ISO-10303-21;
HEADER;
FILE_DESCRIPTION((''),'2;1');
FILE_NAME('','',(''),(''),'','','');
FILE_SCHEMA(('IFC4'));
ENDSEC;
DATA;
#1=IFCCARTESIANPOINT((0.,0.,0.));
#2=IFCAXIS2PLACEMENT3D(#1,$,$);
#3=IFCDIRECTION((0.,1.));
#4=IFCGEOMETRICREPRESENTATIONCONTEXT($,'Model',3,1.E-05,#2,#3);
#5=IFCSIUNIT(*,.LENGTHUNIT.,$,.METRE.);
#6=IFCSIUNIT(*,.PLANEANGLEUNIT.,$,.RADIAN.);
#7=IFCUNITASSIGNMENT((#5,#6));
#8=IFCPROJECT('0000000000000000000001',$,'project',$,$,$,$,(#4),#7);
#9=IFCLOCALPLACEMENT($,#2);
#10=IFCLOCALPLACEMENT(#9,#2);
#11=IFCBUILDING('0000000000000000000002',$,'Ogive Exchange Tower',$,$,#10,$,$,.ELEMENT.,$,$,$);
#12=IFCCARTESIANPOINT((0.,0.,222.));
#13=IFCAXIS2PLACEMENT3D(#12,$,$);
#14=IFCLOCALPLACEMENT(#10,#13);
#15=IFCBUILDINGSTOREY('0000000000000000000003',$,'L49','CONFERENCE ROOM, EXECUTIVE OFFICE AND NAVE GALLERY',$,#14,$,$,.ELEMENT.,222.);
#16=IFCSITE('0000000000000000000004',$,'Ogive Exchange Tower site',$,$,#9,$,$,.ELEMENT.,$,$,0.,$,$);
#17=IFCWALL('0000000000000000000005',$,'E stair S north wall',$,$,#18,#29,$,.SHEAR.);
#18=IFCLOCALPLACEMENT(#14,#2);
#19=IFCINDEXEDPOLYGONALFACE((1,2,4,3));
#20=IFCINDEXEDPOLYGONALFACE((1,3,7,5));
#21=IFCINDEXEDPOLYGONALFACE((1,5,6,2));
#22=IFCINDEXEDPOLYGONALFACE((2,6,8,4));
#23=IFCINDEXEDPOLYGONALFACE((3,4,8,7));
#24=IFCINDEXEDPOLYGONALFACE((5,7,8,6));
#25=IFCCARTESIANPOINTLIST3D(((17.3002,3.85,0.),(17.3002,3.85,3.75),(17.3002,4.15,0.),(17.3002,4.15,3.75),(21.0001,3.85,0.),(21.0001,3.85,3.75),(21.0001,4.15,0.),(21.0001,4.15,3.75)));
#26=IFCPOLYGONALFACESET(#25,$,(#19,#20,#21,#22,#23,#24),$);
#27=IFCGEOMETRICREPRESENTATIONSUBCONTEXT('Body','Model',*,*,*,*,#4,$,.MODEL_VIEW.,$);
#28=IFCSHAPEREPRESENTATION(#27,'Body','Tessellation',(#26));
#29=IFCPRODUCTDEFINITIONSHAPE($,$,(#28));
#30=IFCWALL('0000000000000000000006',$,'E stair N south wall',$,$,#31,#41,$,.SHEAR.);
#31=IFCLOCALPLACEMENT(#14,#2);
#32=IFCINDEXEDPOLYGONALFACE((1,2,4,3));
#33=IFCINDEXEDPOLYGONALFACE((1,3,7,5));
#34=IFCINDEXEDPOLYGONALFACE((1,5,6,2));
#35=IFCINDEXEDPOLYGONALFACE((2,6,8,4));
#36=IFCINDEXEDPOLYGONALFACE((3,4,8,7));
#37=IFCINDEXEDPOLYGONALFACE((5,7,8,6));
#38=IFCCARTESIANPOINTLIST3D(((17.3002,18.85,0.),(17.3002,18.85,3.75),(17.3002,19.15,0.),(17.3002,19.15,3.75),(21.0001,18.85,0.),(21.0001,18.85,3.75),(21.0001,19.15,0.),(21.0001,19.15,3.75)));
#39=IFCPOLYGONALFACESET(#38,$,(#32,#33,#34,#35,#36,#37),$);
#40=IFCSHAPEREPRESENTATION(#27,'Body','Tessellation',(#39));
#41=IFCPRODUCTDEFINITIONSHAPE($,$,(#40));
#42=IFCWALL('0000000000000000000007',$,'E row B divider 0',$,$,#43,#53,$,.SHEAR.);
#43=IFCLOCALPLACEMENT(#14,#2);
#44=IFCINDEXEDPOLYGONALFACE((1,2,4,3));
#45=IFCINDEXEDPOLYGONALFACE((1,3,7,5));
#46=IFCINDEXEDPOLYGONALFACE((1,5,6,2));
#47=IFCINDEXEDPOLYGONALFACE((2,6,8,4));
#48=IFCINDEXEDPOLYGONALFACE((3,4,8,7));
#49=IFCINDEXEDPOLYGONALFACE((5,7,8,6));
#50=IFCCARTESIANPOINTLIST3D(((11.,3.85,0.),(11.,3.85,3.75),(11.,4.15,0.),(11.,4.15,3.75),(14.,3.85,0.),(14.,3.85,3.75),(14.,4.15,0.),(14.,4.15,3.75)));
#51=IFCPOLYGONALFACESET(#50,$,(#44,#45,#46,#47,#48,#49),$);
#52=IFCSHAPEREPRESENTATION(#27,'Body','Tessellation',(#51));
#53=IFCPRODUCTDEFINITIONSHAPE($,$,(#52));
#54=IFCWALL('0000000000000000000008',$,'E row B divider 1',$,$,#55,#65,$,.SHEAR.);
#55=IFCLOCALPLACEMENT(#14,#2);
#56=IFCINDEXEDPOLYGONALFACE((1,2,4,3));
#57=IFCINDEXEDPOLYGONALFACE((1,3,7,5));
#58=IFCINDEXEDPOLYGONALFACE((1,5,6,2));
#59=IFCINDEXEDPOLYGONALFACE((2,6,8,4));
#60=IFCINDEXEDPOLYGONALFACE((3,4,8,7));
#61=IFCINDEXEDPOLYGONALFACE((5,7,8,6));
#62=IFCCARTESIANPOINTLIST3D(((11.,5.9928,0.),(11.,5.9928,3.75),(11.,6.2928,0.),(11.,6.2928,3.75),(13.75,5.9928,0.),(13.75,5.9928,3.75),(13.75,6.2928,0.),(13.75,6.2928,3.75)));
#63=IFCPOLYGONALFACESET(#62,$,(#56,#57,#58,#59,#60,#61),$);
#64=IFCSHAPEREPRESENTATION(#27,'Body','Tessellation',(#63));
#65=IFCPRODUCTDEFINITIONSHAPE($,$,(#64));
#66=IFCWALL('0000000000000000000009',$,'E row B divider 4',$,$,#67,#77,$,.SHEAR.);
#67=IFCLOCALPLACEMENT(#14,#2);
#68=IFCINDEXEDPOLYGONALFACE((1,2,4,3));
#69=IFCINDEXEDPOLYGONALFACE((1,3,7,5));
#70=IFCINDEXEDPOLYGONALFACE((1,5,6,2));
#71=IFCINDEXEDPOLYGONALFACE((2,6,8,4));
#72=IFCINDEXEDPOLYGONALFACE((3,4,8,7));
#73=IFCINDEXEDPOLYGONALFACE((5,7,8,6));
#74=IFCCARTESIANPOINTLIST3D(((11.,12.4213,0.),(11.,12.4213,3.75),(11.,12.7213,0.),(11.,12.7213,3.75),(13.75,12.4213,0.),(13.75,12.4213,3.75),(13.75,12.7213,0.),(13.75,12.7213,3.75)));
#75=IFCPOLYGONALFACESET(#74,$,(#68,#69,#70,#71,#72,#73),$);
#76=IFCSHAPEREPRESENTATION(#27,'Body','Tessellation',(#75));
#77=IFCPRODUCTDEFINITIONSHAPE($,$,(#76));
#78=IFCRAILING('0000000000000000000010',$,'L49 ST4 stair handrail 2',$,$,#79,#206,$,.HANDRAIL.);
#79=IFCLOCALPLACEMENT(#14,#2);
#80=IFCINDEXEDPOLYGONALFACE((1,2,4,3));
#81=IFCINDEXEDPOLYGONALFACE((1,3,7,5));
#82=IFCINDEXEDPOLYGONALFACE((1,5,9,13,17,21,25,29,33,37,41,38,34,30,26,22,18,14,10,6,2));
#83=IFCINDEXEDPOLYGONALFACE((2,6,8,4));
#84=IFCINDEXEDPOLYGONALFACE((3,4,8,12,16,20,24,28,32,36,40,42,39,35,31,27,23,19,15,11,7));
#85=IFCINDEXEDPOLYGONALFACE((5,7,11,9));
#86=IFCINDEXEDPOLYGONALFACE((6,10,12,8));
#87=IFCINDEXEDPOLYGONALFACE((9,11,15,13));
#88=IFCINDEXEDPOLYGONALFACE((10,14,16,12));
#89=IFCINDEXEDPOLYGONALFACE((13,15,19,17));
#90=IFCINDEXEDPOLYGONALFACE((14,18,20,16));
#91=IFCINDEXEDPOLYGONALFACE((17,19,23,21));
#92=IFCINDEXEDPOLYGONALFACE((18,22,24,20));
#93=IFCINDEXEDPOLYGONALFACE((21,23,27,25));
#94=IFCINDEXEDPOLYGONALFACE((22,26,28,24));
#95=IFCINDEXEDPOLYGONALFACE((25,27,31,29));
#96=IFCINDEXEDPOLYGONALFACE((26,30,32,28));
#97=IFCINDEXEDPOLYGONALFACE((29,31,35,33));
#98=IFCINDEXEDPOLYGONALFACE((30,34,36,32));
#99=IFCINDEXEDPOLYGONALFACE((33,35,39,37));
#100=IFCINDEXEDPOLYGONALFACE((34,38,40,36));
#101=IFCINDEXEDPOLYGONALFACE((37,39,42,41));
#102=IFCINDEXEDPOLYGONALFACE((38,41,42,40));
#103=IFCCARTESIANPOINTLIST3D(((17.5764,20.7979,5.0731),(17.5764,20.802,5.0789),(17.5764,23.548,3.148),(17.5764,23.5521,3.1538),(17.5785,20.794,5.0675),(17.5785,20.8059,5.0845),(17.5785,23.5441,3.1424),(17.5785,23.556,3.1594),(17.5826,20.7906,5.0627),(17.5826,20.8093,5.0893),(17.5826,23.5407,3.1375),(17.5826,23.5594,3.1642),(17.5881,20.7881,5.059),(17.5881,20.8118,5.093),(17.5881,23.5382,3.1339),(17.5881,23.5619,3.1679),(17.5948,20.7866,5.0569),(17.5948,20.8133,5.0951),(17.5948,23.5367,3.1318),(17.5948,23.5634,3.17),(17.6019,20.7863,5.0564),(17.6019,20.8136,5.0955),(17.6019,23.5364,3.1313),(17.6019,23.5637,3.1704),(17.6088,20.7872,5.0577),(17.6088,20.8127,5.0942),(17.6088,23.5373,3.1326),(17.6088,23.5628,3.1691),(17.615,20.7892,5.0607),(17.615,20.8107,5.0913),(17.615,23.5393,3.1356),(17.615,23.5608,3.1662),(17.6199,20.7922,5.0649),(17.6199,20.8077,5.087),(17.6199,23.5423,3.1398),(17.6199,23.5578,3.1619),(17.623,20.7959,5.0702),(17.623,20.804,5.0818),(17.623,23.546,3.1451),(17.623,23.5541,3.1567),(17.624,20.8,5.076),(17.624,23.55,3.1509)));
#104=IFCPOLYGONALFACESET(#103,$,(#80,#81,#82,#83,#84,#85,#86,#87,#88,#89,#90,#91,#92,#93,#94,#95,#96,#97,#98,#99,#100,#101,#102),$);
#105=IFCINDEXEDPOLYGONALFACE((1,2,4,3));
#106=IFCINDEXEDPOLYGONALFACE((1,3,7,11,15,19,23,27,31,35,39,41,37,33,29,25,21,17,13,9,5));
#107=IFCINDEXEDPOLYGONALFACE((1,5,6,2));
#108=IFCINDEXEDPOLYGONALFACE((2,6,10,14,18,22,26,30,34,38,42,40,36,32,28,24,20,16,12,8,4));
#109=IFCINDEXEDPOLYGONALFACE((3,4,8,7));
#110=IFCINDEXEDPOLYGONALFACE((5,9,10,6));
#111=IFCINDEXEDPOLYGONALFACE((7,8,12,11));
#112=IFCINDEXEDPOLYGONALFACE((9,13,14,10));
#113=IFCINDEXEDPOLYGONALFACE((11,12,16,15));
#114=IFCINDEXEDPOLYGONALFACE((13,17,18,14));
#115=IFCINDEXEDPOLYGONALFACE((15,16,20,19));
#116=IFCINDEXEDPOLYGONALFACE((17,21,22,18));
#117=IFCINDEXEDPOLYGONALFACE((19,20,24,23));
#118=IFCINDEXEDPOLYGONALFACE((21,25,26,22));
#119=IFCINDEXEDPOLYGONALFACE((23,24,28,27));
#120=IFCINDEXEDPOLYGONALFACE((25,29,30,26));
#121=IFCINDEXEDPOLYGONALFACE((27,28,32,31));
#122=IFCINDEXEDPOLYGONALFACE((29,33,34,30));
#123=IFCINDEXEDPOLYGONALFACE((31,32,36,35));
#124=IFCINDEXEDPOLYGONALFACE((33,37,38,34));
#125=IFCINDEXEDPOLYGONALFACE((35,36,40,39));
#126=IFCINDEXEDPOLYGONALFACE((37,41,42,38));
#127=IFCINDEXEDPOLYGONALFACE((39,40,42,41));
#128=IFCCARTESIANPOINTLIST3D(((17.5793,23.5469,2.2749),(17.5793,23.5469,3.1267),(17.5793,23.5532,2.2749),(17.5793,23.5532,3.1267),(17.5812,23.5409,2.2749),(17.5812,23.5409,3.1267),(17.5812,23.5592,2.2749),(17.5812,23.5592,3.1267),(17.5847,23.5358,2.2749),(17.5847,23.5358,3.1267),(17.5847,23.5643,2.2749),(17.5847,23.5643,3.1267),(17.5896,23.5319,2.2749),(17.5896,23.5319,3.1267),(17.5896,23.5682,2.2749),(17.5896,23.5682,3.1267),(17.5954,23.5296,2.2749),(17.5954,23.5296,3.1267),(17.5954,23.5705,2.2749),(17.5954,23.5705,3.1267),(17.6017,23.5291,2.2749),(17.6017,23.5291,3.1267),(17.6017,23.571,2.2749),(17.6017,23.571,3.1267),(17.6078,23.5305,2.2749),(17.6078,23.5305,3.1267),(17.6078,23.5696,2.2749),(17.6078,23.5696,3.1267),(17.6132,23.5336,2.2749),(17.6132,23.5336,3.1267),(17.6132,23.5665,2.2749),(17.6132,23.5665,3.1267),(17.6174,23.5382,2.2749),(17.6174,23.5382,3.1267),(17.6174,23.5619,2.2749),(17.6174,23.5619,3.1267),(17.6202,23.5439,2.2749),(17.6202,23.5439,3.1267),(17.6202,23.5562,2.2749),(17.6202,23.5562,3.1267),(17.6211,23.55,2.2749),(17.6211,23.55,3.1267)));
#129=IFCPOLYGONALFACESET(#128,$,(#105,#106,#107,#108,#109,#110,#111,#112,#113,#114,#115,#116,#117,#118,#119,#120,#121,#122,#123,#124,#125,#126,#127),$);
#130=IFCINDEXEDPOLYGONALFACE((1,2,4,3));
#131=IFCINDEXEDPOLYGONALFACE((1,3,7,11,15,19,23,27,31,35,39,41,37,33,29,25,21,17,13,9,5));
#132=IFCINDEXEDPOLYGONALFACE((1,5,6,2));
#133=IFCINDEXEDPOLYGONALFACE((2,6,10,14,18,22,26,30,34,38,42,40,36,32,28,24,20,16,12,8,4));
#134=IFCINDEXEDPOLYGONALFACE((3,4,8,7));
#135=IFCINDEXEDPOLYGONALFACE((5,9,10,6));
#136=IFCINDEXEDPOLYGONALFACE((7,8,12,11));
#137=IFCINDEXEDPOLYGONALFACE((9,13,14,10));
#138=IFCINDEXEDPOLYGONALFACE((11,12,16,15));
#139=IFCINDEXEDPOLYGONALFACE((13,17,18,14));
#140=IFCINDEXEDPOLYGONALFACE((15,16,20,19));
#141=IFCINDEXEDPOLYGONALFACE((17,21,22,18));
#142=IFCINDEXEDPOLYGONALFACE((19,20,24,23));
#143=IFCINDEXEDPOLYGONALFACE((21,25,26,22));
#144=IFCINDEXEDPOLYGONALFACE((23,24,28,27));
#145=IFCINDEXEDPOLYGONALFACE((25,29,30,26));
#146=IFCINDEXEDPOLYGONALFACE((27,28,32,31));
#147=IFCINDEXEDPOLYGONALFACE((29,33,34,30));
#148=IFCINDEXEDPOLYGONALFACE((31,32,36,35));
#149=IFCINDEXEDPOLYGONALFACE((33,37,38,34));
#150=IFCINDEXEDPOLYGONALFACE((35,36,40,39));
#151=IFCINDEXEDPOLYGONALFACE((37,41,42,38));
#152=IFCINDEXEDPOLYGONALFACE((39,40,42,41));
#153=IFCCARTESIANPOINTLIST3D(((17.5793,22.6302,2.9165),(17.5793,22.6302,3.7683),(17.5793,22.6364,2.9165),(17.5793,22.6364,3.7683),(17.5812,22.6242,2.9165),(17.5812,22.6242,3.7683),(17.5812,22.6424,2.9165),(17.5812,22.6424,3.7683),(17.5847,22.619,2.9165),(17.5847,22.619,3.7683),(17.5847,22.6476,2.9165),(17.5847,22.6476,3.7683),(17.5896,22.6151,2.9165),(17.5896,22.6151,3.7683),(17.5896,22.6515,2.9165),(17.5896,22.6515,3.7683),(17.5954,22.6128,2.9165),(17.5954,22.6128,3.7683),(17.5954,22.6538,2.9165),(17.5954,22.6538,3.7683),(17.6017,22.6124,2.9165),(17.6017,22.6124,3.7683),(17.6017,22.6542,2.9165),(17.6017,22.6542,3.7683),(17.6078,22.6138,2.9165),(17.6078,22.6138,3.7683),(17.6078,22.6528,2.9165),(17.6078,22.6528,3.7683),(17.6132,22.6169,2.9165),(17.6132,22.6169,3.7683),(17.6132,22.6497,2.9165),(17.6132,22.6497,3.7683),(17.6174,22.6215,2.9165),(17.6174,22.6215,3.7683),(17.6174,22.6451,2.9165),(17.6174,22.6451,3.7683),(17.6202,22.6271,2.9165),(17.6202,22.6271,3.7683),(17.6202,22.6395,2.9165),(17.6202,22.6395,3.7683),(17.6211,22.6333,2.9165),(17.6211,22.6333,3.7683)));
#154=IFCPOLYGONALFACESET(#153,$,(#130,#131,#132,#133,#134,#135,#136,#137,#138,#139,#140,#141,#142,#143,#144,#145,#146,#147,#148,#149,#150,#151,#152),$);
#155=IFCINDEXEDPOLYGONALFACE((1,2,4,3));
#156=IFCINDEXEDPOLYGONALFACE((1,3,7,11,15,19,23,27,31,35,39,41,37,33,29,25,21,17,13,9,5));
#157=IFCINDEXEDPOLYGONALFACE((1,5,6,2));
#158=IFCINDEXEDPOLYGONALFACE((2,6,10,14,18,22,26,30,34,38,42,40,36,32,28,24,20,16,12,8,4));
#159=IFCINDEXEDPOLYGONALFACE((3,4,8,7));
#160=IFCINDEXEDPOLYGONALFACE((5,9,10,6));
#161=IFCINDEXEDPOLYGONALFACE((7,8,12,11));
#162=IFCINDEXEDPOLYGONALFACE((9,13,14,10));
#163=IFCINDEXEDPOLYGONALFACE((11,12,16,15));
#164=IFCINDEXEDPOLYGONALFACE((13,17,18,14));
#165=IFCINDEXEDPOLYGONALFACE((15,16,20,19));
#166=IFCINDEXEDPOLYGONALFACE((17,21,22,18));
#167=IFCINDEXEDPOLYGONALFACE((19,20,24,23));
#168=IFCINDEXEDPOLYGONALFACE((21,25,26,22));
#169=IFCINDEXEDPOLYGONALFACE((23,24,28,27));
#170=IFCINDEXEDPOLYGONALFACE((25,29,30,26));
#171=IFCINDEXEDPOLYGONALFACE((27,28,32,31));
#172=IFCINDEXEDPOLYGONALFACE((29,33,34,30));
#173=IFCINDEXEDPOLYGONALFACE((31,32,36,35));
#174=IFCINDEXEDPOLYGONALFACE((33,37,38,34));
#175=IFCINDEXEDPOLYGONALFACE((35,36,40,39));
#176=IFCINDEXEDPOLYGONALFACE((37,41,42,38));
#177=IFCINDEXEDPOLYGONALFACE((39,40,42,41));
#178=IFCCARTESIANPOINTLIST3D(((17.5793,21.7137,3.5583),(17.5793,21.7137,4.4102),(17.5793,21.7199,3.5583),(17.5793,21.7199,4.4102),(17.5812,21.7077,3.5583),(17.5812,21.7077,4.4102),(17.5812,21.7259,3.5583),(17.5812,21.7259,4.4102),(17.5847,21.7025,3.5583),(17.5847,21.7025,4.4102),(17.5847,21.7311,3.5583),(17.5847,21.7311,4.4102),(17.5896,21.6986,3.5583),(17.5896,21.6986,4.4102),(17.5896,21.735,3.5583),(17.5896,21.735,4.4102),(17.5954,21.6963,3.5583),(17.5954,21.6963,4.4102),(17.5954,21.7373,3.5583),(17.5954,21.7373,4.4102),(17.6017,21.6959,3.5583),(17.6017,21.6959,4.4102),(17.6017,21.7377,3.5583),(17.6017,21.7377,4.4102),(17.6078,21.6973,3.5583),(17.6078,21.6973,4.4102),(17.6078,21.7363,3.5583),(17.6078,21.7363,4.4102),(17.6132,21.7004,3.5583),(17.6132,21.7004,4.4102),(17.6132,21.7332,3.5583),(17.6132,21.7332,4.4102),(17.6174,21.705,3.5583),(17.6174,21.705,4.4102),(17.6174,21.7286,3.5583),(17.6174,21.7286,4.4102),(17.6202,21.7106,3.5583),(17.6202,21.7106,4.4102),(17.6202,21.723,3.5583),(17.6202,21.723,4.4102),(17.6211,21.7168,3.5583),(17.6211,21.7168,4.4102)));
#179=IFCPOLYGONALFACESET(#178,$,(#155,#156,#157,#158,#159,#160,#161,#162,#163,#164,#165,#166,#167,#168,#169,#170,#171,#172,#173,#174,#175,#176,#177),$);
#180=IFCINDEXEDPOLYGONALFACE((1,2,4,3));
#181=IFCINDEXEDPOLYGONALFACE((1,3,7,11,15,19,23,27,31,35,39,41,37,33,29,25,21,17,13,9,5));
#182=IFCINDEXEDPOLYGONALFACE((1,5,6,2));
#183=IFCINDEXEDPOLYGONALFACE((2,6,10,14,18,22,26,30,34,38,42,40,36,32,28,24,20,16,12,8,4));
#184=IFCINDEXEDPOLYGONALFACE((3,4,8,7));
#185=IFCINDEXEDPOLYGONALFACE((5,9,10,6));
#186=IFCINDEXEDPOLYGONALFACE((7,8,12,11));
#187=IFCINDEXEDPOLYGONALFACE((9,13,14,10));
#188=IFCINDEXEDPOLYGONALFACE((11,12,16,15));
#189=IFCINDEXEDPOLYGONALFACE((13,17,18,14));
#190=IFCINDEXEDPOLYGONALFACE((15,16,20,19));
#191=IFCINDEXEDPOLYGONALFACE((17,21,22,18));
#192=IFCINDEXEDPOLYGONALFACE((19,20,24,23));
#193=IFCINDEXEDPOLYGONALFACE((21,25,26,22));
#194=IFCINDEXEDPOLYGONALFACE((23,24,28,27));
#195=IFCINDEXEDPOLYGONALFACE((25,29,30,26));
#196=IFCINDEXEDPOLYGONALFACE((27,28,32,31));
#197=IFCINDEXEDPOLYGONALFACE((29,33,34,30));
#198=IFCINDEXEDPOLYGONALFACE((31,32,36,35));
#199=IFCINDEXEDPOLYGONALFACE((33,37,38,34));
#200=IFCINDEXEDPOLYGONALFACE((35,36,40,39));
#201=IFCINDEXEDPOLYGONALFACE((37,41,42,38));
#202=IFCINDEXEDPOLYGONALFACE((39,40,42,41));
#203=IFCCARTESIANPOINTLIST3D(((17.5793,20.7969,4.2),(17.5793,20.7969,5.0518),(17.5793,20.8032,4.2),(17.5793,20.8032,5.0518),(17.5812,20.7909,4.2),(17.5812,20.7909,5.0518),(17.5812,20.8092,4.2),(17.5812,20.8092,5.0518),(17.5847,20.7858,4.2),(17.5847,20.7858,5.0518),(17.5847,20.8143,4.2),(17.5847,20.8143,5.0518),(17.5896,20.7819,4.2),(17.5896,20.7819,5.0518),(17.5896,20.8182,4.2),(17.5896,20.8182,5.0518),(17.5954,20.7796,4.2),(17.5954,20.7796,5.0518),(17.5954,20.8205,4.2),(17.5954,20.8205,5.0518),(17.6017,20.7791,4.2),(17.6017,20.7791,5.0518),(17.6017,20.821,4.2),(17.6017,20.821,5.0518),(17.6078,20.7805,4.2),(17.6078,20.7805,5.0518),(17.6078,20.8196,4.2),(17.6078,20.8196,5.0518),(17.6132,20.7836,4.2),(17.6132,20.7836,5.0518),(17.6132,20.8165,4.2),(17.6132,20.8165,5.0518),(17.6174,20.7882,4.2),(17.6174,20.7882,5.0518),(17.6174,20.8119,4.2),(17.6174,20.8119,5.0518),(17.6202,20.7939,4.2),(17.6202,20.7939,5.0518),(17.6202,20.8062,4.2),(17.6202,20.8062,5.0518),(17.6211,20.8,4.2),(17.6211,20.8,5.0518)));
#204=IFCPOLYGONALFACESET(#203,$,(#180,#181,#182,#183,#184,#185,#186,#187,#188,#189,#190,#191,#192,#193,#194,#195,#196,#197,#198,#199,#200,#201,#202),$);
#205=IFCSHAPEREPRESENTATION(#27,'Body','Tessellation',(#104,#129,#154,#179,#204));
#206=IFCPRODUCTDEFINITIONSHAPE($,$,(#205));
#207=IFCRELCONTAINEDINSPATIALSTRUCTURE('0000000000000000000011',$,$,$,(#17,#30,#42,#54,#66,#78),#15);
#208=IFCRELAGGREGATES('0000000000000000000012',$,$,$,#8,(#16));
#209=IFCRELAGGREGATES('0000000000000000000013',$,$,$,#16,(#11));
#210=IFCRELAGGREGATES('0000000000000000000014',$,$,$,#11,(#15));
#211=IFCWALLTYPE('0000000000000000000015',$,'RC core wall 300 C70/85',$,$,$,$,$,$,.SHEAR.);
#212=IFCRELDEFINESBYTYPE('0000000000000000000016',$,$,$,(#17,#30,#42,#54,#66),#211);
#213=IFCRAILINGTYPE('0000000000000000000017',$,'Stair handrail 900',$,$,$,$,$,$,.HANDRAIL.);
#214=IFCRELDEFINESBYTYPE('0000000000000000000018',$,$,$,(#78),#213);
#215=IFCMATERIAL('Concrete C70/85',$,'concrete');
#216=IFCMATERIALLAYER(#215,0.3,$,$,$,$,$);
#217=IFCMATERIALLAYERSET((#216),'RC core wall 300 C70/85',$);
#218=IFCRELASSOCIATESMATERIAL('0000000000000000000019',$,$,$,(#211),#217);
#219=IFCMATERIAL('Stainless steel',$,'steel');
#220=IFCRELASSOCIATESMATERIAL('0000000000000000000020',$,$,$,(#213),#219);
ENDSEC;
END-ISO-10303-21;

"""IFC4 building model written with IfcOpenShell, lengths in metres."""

from ifc_helpers import new_model, si_unit, direction, frame, frame_2d, origin, origin_2d, place, context, subcontext, project, spatial, rectangle, circle, extrude, material, layer, layer_set, type_object, element, save


model = new_model("IFC4")

# Units and contexts
model_context = context("Model", 3, precision=1e-05, world=origin(), true_north=direction((0.0, 1.0)))
body_context = subcontext(model_context, "Body", "Model", "MODEL_VIEW")
ifc_project = project(units=[si_unit("LENGTHUNIT", "METRE"), si_unit("PLANEANGLEUNIT", "RADIAN")], contexts=[model_context])

# Site, building, storey
site_placement = place(None, origin())
site = spatial("IfcSite", under=ifc_project, at=site_placement, Name="Ogive Exchange Tower site", CompositionType="ELEMENT", RefElevation=0.0)
building_placement = place(site_placement, origin())
building = spatial("IfcBuilding", under=site, at=building_placement, Name="Ogive Exchange Tower", CompositionType="ELEMENT")
storey_placement = place(building_placement, frame((0.0, 0.0, 222.0)))
storey = spatial("IfcBuildingStorey", under=building, at=storey_placement, Name="L49", Description="CONFERENCE ROOM, EXECUTIVE OFFICE AND NAVE GALLERY", CompositionType="ELEMENT", Elevation=222.0)

# Shared definitions
ifc_material_1 = material(Name="Concrete C70/85", Category="concrete")

# Shared definitions
ifc_material_2 = material(Name="Stainless steel", Category="steel")

# Walls
ifc_layer_1 = layer(ifc_material_1, 0.3)
ifc_layer_set_1 = layer_set([ifc_layer_1], Name="RC core wall 300 C70/85")
wall_type_1 = type_object("IfcWallType", Name="RC core wall 300 C70/85", PredefinedType="SHEAR", material=ifc_layer_set_1)
for number, where, z_axis, x_axis, name in (
    (1, (17.3, 4.0, 0.0), (0.0, 0.0, 1.0), (1.0, 0.0, 0.0), "E stair S north wall"),
    (2, (17.3, 19.0, 0.0), (0.0, 0.0, 1.0), (1.0, 0.0, 0.0), "E stair N south wall"),
):
    element("IfcWall", number, at=place(storey_placement, frame(where, z_axis=z_axis, x_axis=x_axis)), inside=storey, type_object=wall_type_1, Name=name, PredefinedType="SHEAR", context=body_context, shape_type="SweptSolid", body=[
        extrude(rectangle(XDim=3.7, YDim=0.3, at=frame_2d((1.8501, 0.0))), origin(), (0.0, 0.0, 1.0), 3.75),
    ])
wall_1_placement = place(storey_placement, frame((11.0, 4.0, 0.0), z_axis=(0.0, 0.0, 1.0), x_axis=(1.0, 0.0, 0.0)))
element("IfcWall", 3, at=wall_1_placement, inside=storey, type_object=wall_type_1, Name="E row B divider 0", PredefinedType="SHEAR", context=body_context, shape_type="SweptSolid", body=[
    extrude(rectangle(XDim=3.0, YDim=0.3, at=frame_2d((1.5, 0.0))), origin(), (0.0, 0.0, 1.0), 3.75),
])
for number, where, z_axis, x_axis, name in (
    (4, (11.0, 6.1428, 0.0), (0.0, 0.0, 1.0), (1.0, 0.0, 0.0), "E row B divider 1"),
    (5, (11.0, 12.5713, 0.0), (0.0, 0.0, 1.0), (1.0, 0.0, 0.0), "E row B divider 4"),
):
    element("IfcWall", number, at=place(storey_placement, frame(where, z_axis=z_axis, x_axis=x_axis)), inside=storey, type_object=wall_type_1, Name=name, PredefinedType="SHEAR", context=body_context, shape_type="SweptSolid", body=[
        extrude(rectangle(XDim=2.75, YDim=0.3, at=frame_2d((1.375, 0.0))), origin(), (0.0, 0.0, 1.0), 3.75),
    ])

# Railing
railing_type = type_object("IfcRailingType", Name="Stair handrail 900", PredefinedType="HANDRAIL", material=ifc_material_2)
railing_placement = place(storey_placement, frame((17.6001, 23.55, 2.2749)))
element("IfcRailing", 6, at=railing_placement, inside=storey, type_object=railing_type, Name="L49 ST4 stair handrail 2", PredefinedType="HANDRAIL", context=body_context, shape_type="SweptSolid", body=[
    extrude(circle(Radius=0.0239, at=origin_2d()), frame((0.0, 0.0, 0.876), z_axis=(0.0, -0.819225, 0.573472), x_axis=(1.0, 0.0, 0.0)), (0.0, 0.0, 1.0), 3.3569),
    extrude(circle(Radius=0.021, at=origin_2d()), origin(), (0.0, 0.0, 1.0), 0.8518),
    extrude(circle(Radius=0.021, at=origin_2d()), frame((0.0, -0.9167, 0.6416)), (0.0, 0.0, 1.0), 0.8518),
    extrude(circle(Radius=0.021, at=origin_2d()), frame((0.0, -1.8333, 1.2834)), (0.0, 0.0, 1.0), 0.8518),
    extrude(circle(Radius=0.021, at=origin_2d()), frame((0.0, -2.75, 1.925)), (0.0, 0.0, 1.0), 0.8518),
])

save(model, "model.ifc")
